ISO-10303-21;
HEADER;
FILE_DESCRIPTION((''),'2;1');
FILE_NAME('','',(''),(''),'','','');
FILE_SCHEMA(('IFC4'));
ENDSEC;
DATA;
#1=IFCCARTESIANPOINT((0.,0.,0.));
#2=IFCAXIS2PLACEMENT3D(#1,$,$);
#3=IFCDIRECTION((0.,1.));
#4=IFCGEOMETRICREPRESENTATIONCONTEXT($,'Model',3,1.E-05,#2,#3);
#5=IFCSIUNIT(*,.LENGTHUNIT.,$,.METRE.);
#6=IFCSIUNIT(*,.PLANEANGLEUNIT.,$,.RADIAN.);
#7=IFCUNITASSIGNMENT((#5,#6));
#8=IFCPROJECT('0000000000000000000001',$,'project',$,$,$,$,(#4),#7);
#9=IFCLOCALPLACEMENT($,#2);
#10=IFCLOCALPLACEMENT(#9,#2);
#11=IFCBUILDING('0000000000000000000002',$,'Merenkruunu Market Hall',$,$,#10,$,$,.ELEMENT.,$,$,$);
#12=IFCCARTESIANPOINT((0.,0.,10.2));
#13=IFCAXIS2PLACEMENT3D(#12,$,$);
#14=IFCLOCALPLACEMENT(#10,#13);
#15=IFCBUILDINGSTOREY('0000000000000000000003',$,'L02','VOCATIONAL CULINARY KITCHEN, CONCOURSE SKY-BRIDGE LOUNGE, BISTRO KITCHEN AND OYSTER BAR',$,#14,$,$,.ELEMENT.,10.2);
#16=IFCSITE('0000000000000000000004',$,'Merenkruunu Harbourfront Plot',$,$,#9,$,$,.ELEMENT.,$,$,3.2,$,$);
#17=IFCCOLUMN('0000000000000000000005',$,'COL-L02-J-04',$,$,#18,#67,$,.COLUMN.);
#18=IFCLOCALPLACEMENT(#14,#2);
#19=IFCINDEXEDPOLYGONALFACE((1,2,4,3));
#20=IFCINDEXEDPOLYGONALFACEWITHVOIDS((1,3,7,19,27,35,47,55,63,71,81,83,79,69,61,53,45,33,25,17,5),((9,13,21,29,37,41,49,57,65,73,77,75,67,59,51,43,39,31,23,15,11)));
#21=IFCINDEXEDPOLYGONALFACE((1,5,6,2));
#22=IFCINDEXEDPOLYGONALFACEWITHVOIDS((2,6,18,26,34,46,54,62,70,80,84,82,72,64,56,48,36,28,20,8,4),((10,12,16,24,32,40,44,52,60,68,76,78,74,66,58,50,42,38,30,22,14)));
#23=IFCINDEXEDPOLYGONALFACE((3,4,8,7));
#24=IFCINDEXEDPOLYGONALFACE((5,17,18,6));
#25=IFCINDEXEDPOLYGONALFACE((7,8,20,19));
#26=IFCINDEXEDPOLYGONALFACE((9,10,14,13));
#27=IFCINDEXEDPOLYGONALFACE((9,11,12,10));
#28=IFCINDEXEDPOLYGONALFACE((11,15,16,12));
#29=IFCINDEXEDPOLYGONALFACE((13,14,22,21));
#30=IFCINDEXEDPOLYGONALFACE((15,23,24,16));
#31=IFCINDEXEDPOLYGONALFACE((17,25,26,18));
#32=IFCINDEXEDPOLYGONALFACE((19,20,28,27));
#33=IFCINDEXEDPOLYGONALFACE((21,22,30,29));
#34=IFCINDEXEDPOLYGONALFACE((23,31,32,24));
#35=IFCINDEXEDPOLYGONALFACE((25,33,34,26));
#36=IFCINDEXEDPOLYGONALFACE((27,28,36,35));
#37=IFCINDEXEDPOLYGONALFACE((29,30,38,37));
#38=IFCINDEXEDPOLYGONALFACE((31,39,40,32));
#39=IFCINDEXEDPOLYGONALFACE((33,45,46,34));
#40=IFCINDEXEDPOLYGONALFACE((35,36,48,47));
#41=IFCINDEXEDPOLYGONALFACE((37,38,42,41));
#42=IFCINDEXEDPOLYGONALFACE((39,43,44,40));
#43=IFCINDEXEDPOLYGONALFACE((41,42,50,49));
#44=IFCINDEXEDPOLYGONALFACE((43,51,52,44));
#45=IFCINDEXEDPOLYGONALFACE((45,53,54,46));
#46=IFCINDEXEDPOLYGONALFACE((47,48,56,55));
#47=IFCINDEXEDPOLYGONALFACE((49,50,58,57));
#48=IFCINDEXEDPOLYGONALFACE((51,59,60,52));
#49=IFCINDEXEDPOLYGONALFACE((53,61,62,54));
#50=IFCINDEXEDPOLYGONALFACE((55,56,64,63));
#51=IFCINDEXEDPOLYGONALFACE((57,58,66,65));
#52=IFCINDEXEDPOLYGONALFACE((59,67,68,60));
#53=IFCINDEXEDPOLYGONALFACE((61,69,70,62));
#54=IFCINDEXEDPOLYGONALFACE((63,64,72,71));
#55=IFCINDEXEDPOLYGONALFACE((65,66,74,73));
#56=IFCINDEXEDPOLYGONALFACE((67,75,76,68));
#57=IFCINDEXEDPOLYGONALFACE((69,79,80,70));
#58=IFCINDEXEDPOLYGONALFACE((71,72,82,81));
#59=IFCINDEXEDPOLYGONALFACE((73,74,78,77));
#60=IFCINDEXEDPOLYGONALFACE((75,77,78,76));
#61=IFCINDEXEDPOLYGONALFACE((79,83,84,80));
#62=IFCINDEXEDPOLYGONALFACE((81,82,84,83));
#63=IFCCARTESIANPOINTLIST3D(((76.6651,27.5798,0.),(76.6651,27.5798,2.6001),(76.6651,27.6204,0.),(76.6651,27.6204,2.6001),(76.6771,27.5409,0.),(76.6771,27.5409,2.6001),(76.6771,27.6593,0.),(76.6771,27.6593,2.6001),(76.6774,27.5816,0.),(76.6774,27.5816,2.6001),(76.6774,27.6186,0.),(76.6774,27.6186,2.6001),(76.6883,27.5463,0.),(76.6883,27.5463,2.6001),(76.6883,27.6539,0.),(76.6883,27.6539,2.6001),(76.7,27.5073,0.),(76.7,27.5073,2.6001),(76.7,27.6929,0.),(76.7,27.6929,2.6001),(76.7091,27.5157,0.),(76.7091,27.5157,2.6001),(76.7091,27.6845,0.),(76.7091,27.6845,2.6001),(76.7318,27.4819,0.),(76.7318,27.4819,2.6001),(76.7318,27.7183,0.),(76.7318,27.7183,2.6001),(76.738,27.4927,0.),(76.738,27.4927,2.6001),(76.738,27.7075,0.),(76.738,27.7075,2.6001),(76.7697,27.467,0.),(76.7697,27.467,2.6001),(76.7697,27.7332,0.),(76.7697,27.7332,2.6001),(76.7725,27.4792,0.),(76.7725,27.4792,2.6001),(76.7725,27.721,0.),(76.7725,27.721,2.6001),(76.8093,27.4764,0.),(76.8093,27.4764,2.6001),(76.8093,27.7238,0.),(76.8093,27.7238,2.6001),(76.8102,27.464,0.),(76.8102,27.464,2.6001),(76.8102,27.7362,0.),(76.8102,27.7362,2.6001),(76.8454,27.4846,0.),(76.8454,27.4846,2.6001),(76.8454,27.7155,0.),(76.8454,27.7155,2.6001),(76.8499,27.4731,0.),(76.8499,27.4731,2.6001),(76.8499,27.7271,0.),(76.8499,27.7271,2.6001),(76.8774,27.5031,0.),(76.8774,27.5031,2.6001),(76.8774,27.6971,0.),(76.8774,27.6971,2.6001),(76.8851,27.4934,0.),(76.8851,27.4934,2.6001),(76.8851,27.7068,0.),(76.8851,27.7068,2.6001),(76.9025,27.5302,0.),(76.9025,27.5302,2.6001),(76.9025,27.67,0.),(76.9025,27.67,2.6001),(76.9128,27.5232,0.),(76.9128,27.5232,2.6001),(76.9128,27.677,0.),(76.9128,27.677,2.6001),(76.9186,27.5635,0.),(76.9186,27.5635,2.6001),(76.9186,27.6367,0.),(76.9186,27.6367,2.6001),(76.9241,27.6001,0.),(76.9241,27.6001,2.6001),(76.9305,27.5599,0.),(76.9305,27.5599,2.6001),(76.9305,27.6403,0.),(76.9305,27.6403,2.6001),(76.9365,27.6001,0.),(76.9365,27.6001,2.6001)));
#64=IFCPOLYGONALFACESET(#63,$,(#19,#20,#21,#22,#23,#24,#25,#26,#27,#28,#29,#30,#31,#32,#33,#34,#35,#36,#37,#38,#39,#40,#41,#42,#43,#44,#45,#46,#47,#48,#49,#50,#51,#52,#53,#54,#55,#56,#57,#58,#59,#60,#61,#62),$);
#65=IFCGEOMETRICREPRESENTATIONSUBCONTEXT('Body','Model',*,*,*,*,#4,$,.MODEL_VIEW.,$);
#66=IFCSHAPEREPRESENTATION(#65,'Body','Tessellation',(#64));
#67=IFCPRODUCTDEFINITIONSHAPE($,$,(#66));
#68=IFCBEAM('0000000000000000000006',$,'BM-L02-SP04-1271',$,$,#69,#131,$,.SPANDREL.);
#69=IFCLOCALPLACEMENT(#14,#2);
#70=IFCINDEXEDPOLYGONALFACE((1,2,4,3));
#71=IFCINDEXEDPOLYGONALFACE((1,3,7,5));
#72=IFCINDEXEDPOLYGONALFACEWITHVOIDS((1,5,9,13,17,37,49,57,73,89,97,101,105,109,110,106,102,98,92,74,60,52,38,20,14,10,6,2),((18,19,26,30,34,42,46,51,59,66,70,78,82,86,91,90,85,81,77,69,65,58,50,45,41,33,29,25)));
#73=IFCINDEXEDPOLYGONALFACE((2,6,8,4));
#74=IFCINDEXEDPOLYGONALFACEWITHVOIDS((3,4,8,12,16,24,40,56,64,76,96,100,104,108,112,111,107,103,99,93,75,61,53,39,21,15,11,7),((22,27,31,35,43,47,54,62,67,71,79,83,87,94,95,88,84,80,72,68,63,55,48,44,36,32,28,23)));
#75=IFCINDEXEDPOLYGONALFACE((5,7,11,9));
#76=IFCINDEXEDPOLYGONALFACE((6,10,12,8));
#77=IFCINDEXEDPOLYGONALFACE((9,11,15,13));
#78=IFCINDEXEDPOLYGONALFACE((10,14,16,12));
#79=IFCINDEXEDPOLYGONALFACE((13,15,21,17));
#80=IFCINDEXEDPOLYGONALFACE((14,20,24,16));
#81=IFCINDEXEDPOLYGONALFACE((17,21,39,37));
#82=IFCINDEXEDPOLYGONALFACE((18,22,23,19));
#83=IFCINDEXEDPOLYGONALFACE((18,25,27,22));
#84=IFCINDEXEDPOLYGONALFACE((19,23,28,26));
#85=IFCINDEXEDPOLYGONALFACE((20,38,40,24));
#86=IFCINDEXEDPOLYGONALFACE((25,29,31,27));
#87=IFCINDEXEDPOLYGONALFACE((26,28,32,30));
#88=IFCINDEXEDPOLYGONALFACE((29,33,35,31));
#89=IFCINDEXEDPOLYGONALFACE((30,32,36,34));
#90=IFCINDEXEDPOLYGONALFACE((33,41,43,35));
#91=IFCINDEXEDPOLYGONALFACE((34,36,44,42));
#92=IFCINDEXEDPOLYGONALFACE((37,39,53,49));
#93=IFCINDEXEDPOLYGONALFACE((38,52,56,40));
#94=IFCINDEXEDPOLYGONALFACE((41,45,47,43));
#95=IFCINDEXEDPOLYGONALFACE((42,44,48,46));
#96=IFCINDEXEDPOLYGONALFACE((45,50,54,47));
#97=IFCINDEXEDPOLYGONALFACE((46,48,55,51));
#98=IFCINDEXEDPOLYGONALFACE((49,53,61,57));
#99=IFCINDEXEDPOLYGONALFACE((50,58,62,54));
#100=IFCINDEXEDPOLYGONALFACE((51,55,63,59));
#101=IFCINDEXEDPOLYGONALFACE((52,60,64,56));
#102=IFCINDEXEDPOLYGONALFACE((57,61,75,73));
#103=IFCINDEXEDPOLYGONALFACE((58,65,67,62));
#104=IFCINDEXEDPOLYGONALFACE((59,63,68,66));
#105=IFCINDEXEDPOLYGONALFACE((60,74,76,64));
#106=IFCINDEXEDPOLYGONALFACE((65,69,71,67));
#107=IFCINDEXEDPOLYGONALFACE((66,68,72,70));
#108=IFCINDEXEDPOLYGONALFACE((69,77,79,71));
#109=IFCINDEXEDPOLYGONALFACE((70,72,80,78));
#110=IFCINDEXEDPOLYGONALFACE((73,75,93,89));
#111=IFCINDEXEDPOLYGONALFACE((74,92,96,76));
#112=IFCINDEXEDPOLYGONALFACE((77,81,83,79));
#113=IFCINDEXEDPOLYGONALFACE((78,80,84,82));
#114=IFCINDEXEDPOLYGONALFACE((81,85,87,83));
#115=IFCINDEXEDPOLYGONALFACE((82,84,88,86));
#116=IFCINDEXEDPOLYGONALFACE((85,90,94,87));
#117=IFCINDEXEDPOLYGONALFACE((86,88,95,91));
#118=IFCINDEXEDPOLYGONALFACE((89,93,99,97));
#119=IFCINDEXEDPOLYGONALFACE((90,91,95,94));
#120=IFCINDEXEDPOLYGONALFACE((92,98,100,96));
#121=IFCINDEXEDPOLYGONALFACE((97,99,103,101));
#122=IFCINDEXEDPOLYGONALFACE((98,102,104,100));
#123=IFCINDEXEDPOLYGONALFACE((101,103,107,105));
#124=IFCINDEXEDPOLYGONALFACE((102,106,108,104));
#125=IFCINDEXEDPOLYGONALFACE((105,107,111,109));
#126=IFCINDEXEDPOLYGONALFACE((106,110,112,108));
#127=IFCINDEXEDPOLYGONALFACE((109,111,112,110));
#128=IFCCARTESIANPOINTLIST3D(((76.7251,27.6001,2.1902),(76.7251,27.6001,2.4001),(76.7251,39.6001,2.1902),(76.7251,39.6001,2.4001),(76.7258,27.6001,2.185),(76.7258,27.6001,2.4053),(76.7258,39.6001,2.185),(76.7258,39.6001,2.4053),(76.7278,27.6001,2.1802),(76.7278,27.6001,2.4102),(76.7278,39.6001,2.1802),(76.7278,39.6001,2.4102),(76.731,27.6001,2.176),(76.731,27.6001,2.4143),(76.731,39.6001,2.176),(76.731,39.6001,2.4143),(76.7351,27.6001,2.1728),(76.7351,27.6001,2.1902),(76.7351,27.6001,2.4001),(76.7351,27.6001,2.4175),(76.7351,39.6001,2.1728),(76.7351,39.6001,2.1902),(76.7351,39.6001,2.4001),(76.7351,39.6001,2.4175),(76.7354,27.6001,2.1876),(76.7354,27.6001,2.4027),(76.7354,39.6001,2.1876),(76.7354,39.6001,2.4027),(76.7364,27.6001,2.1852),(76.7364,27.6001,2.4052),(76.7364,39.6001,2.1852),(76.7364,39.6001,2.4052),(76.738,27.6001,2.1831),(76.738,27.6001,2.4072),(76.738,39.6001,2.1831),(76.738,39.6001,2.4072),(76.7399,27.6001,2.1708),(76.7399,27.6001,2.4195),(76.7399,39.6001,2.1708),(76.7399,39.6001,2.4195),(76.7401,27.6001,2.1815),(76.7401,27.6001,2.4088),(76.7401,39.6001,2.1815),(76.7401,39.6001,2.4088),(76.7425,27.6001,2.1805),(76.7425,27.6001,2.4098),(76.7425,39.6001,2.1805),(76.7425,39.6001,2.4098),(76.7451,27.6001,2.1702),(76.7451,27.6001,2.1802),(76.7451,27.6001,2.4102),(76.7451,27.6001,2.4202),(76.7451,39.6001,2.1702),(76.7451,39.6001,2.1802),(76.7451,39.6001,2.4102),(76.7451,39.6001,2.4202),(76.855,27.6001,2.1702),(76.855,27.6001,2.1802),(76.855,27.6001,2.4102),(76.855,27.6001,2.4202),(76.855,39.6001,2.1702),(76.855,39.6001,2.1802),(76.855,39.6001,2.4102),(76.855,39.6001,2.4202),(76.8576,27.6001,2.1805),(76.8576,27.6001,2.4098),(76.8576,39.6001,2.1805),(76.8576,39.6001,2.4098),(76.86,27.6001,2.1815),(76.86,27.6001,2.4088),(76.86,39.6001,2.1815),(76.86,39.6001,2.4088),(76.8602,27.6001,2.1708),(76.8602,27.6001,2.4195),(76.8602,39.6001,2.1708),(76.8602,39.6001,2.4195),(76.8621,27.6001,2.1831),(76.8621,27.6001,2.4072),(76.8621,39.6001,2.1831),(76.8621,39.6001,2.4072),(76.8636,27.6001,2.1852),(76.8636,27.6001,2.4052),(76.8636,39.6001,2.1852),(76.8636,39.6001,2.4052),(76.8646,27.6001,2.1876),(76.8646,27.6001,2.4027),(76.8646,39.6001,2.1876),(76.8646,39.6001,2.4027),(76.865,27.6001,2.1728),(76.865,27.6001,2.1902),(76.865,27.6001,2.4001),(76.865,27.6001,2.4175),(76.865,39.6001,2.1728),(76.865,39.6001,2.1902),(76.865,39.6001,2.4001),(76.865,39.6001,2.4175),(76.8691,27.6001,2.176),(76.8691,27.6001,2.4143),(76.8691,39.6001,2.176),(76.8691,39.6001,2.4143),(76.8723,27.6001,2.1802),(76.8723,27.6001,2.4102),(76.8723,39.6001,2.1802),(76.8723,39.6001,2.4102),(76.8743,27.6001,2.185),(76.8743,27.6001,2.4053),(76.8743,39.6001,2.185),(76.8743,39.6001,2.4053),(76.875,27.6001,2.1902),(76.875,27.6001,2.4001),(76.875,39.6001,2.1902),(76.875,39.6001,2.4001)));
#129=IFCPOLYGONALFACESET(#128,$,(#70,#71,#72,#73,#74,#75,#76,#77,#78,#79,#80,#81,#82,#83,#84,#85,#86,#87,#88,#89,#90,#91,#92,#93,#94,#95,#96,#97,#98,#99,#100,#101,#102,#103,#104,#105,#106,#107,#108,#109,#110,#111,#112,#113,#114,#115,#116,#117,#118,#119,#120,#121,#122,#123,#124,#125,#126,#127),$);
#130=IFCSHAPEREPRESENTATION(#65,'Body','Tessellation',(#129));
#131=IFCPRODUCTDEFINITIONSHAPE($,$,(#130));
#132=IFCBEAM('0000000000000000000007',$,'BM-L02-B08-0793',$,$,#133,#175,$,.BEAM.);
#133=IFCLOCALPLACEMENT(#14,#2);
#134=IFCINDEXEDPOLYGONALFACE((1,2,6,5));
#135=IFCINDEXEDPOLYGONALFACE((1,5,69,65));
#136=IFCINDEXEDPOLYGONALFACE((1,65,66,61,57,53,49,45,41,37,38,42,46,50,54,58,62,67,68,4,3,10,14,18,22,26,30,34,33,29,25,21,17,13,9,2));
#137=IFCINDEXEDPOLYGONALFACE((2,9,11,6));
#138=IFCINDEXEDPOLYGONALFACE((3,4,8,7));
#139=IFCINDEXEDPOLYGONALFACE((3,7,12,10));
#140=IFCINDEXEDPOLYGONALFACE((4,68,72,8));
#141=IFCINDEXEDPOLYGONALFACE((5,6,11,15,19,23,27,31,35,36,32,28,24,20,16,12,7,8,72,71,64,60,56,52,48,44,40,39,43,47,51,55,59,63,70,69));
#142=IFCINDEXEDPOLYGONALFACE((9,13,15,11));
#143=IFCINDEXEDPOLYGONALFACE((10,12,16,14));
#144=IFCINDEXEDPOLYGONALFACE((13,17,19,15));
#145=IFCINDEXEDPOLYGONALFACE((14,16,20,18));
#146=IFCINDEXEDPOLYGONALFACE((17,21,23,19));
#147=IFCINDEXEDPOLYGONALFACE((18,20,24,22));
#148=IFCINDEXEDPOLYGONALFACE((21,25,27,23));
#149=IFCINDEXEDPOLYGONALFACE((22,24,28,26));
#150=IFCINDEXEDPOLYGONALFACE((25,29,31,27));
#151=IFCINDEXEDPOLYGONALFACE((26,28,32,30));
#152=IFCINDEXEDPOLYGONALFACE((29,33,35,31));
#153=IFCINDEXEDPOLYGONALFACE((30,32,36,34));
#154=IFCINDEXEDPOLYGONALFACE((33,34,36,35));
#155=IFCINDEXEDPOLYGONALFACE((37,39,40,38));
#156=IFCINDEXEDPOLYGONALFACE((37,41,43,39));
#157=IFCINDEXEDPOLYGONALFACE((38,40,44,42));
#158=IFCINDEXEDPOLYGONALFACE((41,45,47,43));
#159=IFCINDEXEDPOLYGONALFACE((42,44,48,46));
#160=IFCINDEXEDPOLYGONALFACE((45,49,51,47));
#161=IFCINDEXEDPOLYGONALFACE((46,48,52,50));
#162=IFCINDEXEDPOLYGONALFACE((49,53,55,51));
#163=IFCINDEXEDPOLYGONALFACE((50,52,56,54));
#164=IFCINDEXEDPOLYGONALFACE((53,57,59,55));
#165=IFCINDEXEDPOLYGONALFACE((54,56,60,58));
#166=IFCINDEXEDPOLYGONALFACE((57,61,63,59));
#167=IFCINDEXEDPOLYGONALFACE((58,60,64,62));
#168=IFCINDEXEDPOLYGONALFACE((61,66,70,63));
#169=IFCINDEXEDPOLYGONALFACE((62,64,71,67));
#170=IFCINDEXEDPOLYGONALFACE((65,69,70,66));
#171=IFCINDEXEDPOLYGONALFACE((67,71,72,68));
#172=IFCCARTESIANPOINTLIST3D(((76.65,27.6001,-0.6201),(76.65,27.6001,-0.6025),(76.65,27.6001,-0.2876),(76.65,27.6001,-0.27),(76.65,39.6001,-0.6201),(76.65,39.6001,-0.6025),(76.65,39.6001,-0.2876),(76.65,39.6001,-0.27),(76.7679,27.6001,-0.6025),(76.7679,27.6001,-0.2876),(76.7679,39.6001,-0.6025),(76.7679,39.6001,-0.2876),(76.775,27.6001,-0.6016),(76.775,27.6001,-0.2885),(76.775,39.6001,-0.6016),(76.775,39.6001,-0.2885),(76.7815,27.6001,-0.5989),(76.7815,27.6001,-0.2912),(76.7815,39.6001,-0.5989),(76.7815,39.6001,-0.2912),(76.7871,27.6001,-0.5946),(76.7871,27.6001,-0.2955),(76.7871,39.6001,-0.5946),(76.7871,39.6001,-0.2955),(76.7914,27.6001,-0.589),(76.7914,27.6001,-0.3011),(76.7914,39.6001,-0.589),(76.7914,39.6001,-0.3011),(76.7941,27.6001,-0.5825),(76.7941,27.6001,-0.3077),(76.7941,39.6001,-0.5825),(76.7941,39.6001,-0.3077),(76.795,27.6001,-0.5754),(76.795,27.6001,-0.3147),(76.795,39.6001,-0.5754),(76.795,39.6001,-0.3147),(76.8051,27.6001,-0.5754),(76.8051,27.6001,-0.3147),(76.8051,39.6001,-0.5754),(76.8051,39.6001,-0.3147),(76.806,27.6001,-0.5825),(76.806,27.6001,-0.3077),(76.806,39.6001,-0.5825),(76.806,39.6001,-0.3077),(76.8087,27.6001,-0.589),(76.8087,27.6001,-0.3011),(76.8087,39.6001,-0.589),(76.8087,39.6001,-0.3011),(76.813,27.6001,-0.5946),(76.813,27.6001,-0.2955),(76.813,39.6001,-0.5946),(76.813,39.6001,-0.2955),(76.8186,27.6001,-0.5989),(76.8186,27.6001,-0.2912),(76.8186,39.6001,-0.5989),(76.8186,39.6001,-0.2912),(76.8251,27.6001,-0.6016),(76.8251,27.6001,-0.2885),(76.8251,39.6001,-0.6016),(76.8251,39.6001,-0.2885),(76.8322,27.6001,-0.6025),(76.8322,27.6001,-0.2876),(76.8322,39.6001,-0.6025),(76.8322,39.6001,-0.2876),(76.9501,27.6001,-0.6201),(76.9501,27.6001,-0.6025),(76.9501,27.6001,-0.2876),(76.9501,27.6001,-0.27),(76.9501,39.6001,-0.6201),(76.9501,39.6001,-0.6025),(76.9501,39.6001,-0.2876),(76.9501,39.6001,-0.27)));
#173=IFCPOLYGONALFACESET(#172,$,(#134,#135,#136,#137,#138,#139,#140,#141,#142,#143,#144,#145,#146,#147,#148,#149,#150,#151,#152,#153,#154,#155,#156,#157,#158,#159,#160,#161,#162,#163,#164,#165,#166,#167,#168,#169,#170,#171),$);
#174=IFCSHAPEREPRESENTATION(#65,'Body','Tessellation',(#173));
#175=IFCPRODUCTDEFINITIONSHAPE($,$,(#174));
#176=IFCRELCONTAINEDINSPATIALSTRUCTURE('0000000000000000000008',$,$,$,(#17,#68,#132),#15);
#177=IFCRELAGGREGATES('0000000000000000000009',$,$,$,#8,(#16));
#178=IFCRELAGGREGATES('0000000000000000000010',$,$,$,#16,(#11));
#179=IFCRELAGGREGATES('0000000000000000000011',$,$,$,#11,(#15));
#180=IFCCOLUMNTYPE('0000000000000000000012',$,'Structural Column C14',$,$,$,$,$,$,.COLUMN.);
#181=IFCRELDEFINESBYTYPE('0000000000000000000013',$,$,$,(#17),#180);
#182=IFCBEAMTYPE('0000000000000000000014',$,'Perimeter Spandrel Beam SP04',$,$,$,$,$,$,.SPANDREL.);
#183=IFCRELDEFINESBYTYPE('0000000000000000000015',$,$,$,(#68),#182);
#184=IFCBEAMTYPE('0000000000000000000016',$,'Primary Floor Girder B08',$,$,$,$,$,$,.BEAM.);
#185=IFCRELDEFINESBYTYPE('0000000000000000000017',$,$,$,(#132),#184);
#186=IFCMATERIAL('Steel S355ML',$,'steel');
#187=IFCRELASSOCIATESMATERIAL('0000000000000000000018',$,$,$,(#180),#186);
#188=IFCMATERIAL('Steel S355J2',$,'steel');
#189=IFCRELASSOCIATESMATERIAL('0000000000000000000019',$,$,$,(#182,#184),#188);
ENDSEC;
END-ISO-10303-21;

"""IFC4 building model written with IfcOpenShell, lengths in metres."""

from ifc_helpers import new_model, si_unit, direction, frame, origin, origin_2d, place, context, subcontext, project, spatial, hollow_rectangle, hollow_circle, i_section, extrude, material, material_profile, profile_set, type_object, element, save


model = new_model("IFC4")

# Units and contexts
model_context = context("Model", 3, precision=1e-05, world=origin(), true_north=direction((0.0, 1.0)))
body_context = subcontext(model_context, "Body", "Model", "MODEL_VIEW")
ifc_project = project(units=[si_unit("LENGTHUNIT", "METRE"), si_unit("PLANEANGLEUNIT", "RADIAN")], contexts=[model_context])

# Site, building, storey
site_placement = place(None, origin())
site = spatial("IfcSite", under=ifc_project, at=site_placement, Name="Merenkruunu Harbourfront Plot", CompositionType="ELEMENT", RefElevation=3.2)
building_placement = place(site_placement, origin())
building = spatial("IfcBuilding", under=site, at=building_placement, Name="Merenkruunu Market Hall", CompositionType="ELEMENT")
storey_placement = place(building_placement, frame((0.0, 0.0, 10.2)))
storey = spatial("IfcBuildingStorey", under=building, at=storey_placement, Name="L02", Description="VOCATIONAL CULINARY KITCHEN, CONCOURSE SKY-BRIDGE LOUNGE, BISTRO KITCHEN AND OYSTER BAR", CompositionType="ELEMENT", Elevation=10.2)

# Column
ifc_material_1 = material(Name="Steel S355ML", Category="steel")
ifc_material_profile_1 = material_profile(ifc_material_1, hollow_circle(Radius=0.1365, WallThickness=0.0125, at=origin_2d()), Name="CHS 273x12.5")
ifc_profile_set_1 = profile_set([ifc_material_profile_1], Name="Steel S355ML")
column_type = type_object("IfcColumnType", Name="Structural Column C14", PredefinedType="COLUMN", material=ifc_profile_set_1)
column_placement = place(storey_placement, frame((76.8, 27.6001, 0.0), z_axis=(0.0, 0.0, 1.0), x_axis=(1.0, 0.0, 0.0)))
element("IfcColumn", 1, at=column_placement, inside=storey, type_object=column_type, Name="COL-L02-J-04", PredefinedType="COLUMN", context=body_context, shape_type="SweptSolid", body=[
    extrude(hollow_circle(Radius=0.1365, WallThickness=0.0125, at=origin_2d()), origin(), (0.0, 0.0, 1.0), 2.6001),
])

# Beams
ifc_material_2 = material(Name="Steel S355J2", Category="steel")
ifc_material_profile_2 = material_profile(ifc_material_2, hollow_rectangle(XDim=0.1499, YDim=0.25, WallThickness=0.01, InnerFilletRadius=0.01, OuterFilletRadius=0.02, at=origin_2d()), Name="RHS 250x150x10")
ifc_profile_set_2 = profile_set([ifc_material_profile_2], Name="Steel S355J2")
beam_type_1 = type_object("IfcBeamType", Name="Perimeter Spandrel Beam SP04", PredefinedType="SPANDREL", material=ifc_profile_set_2)
beam_placement = place(storey_placement, frame((76.8, 27.6001, 2.2952), z_axis=(0.0, 1.0, 0.0), x_axis=(-1.0, 0.0, 0.0)))
element("IfcBeam", 2, at=beam_placement, inside=storey, type_object=beam_type_1, Name="BM-L02-SP04-1271", PredefinedType="SPANDREL", context=body_context, shape_type="SweptSolid", body=[
    extrude(hollow_rectangle(XDim=0.1499, YDim=0.25, WallThickness=0.01, InnerFilletRadius=0.01, OuterFilletRadius=0.02, at=origin_2d()), origin(), (0.0, 0.0, 1.0), 12.0),
])
ifc_material_profile_3 = material_profile(ifc_material_2, i_section(OverallWidth=0.3, OverallDepth=0.3501, WebThickness=0.01, FlangeThickness=0.0176, FilletRadius=0.0271, at=origin_2d()), Name="HEA 360")
ifc_profile_set_3 = profile_set([ifc_material_profile_3], Name="Steel S355J2")
beam_type_2 = type_object("IfcBeamType", Name="Primary Floor Girder B08", PredefinedType="BEAM", material=ifc_profile_set_3)
for number, where, z_axis, x_axis, name in (
    (3, (76.8, 27.6001, -0.4451), (0.0, 1.0, 0.0), (-1.0, 0.0, 0.0), "BM-L02-B08-0793"),
):
    element("IfcBeam", number, at=place(storey_placement, frame(where, z_axis=z_axis, x_axis=x_axis)), inside=storey, type_object=beam_type_2, Name=name, PredefinedType="BEAM", context=body_context, shape_type="SweptSolid", body=[
        extrude(i_section(OverallWidth=0.3, OverallDepth=0.3501, WebThickness=0.01, FlangeThickness=0.0176, FilletRadius=0.0271, at=origin_2d()), origin(), (0.0, 0.0, 1.0), 12.0),
    ])

save(model, "model.ifc")
